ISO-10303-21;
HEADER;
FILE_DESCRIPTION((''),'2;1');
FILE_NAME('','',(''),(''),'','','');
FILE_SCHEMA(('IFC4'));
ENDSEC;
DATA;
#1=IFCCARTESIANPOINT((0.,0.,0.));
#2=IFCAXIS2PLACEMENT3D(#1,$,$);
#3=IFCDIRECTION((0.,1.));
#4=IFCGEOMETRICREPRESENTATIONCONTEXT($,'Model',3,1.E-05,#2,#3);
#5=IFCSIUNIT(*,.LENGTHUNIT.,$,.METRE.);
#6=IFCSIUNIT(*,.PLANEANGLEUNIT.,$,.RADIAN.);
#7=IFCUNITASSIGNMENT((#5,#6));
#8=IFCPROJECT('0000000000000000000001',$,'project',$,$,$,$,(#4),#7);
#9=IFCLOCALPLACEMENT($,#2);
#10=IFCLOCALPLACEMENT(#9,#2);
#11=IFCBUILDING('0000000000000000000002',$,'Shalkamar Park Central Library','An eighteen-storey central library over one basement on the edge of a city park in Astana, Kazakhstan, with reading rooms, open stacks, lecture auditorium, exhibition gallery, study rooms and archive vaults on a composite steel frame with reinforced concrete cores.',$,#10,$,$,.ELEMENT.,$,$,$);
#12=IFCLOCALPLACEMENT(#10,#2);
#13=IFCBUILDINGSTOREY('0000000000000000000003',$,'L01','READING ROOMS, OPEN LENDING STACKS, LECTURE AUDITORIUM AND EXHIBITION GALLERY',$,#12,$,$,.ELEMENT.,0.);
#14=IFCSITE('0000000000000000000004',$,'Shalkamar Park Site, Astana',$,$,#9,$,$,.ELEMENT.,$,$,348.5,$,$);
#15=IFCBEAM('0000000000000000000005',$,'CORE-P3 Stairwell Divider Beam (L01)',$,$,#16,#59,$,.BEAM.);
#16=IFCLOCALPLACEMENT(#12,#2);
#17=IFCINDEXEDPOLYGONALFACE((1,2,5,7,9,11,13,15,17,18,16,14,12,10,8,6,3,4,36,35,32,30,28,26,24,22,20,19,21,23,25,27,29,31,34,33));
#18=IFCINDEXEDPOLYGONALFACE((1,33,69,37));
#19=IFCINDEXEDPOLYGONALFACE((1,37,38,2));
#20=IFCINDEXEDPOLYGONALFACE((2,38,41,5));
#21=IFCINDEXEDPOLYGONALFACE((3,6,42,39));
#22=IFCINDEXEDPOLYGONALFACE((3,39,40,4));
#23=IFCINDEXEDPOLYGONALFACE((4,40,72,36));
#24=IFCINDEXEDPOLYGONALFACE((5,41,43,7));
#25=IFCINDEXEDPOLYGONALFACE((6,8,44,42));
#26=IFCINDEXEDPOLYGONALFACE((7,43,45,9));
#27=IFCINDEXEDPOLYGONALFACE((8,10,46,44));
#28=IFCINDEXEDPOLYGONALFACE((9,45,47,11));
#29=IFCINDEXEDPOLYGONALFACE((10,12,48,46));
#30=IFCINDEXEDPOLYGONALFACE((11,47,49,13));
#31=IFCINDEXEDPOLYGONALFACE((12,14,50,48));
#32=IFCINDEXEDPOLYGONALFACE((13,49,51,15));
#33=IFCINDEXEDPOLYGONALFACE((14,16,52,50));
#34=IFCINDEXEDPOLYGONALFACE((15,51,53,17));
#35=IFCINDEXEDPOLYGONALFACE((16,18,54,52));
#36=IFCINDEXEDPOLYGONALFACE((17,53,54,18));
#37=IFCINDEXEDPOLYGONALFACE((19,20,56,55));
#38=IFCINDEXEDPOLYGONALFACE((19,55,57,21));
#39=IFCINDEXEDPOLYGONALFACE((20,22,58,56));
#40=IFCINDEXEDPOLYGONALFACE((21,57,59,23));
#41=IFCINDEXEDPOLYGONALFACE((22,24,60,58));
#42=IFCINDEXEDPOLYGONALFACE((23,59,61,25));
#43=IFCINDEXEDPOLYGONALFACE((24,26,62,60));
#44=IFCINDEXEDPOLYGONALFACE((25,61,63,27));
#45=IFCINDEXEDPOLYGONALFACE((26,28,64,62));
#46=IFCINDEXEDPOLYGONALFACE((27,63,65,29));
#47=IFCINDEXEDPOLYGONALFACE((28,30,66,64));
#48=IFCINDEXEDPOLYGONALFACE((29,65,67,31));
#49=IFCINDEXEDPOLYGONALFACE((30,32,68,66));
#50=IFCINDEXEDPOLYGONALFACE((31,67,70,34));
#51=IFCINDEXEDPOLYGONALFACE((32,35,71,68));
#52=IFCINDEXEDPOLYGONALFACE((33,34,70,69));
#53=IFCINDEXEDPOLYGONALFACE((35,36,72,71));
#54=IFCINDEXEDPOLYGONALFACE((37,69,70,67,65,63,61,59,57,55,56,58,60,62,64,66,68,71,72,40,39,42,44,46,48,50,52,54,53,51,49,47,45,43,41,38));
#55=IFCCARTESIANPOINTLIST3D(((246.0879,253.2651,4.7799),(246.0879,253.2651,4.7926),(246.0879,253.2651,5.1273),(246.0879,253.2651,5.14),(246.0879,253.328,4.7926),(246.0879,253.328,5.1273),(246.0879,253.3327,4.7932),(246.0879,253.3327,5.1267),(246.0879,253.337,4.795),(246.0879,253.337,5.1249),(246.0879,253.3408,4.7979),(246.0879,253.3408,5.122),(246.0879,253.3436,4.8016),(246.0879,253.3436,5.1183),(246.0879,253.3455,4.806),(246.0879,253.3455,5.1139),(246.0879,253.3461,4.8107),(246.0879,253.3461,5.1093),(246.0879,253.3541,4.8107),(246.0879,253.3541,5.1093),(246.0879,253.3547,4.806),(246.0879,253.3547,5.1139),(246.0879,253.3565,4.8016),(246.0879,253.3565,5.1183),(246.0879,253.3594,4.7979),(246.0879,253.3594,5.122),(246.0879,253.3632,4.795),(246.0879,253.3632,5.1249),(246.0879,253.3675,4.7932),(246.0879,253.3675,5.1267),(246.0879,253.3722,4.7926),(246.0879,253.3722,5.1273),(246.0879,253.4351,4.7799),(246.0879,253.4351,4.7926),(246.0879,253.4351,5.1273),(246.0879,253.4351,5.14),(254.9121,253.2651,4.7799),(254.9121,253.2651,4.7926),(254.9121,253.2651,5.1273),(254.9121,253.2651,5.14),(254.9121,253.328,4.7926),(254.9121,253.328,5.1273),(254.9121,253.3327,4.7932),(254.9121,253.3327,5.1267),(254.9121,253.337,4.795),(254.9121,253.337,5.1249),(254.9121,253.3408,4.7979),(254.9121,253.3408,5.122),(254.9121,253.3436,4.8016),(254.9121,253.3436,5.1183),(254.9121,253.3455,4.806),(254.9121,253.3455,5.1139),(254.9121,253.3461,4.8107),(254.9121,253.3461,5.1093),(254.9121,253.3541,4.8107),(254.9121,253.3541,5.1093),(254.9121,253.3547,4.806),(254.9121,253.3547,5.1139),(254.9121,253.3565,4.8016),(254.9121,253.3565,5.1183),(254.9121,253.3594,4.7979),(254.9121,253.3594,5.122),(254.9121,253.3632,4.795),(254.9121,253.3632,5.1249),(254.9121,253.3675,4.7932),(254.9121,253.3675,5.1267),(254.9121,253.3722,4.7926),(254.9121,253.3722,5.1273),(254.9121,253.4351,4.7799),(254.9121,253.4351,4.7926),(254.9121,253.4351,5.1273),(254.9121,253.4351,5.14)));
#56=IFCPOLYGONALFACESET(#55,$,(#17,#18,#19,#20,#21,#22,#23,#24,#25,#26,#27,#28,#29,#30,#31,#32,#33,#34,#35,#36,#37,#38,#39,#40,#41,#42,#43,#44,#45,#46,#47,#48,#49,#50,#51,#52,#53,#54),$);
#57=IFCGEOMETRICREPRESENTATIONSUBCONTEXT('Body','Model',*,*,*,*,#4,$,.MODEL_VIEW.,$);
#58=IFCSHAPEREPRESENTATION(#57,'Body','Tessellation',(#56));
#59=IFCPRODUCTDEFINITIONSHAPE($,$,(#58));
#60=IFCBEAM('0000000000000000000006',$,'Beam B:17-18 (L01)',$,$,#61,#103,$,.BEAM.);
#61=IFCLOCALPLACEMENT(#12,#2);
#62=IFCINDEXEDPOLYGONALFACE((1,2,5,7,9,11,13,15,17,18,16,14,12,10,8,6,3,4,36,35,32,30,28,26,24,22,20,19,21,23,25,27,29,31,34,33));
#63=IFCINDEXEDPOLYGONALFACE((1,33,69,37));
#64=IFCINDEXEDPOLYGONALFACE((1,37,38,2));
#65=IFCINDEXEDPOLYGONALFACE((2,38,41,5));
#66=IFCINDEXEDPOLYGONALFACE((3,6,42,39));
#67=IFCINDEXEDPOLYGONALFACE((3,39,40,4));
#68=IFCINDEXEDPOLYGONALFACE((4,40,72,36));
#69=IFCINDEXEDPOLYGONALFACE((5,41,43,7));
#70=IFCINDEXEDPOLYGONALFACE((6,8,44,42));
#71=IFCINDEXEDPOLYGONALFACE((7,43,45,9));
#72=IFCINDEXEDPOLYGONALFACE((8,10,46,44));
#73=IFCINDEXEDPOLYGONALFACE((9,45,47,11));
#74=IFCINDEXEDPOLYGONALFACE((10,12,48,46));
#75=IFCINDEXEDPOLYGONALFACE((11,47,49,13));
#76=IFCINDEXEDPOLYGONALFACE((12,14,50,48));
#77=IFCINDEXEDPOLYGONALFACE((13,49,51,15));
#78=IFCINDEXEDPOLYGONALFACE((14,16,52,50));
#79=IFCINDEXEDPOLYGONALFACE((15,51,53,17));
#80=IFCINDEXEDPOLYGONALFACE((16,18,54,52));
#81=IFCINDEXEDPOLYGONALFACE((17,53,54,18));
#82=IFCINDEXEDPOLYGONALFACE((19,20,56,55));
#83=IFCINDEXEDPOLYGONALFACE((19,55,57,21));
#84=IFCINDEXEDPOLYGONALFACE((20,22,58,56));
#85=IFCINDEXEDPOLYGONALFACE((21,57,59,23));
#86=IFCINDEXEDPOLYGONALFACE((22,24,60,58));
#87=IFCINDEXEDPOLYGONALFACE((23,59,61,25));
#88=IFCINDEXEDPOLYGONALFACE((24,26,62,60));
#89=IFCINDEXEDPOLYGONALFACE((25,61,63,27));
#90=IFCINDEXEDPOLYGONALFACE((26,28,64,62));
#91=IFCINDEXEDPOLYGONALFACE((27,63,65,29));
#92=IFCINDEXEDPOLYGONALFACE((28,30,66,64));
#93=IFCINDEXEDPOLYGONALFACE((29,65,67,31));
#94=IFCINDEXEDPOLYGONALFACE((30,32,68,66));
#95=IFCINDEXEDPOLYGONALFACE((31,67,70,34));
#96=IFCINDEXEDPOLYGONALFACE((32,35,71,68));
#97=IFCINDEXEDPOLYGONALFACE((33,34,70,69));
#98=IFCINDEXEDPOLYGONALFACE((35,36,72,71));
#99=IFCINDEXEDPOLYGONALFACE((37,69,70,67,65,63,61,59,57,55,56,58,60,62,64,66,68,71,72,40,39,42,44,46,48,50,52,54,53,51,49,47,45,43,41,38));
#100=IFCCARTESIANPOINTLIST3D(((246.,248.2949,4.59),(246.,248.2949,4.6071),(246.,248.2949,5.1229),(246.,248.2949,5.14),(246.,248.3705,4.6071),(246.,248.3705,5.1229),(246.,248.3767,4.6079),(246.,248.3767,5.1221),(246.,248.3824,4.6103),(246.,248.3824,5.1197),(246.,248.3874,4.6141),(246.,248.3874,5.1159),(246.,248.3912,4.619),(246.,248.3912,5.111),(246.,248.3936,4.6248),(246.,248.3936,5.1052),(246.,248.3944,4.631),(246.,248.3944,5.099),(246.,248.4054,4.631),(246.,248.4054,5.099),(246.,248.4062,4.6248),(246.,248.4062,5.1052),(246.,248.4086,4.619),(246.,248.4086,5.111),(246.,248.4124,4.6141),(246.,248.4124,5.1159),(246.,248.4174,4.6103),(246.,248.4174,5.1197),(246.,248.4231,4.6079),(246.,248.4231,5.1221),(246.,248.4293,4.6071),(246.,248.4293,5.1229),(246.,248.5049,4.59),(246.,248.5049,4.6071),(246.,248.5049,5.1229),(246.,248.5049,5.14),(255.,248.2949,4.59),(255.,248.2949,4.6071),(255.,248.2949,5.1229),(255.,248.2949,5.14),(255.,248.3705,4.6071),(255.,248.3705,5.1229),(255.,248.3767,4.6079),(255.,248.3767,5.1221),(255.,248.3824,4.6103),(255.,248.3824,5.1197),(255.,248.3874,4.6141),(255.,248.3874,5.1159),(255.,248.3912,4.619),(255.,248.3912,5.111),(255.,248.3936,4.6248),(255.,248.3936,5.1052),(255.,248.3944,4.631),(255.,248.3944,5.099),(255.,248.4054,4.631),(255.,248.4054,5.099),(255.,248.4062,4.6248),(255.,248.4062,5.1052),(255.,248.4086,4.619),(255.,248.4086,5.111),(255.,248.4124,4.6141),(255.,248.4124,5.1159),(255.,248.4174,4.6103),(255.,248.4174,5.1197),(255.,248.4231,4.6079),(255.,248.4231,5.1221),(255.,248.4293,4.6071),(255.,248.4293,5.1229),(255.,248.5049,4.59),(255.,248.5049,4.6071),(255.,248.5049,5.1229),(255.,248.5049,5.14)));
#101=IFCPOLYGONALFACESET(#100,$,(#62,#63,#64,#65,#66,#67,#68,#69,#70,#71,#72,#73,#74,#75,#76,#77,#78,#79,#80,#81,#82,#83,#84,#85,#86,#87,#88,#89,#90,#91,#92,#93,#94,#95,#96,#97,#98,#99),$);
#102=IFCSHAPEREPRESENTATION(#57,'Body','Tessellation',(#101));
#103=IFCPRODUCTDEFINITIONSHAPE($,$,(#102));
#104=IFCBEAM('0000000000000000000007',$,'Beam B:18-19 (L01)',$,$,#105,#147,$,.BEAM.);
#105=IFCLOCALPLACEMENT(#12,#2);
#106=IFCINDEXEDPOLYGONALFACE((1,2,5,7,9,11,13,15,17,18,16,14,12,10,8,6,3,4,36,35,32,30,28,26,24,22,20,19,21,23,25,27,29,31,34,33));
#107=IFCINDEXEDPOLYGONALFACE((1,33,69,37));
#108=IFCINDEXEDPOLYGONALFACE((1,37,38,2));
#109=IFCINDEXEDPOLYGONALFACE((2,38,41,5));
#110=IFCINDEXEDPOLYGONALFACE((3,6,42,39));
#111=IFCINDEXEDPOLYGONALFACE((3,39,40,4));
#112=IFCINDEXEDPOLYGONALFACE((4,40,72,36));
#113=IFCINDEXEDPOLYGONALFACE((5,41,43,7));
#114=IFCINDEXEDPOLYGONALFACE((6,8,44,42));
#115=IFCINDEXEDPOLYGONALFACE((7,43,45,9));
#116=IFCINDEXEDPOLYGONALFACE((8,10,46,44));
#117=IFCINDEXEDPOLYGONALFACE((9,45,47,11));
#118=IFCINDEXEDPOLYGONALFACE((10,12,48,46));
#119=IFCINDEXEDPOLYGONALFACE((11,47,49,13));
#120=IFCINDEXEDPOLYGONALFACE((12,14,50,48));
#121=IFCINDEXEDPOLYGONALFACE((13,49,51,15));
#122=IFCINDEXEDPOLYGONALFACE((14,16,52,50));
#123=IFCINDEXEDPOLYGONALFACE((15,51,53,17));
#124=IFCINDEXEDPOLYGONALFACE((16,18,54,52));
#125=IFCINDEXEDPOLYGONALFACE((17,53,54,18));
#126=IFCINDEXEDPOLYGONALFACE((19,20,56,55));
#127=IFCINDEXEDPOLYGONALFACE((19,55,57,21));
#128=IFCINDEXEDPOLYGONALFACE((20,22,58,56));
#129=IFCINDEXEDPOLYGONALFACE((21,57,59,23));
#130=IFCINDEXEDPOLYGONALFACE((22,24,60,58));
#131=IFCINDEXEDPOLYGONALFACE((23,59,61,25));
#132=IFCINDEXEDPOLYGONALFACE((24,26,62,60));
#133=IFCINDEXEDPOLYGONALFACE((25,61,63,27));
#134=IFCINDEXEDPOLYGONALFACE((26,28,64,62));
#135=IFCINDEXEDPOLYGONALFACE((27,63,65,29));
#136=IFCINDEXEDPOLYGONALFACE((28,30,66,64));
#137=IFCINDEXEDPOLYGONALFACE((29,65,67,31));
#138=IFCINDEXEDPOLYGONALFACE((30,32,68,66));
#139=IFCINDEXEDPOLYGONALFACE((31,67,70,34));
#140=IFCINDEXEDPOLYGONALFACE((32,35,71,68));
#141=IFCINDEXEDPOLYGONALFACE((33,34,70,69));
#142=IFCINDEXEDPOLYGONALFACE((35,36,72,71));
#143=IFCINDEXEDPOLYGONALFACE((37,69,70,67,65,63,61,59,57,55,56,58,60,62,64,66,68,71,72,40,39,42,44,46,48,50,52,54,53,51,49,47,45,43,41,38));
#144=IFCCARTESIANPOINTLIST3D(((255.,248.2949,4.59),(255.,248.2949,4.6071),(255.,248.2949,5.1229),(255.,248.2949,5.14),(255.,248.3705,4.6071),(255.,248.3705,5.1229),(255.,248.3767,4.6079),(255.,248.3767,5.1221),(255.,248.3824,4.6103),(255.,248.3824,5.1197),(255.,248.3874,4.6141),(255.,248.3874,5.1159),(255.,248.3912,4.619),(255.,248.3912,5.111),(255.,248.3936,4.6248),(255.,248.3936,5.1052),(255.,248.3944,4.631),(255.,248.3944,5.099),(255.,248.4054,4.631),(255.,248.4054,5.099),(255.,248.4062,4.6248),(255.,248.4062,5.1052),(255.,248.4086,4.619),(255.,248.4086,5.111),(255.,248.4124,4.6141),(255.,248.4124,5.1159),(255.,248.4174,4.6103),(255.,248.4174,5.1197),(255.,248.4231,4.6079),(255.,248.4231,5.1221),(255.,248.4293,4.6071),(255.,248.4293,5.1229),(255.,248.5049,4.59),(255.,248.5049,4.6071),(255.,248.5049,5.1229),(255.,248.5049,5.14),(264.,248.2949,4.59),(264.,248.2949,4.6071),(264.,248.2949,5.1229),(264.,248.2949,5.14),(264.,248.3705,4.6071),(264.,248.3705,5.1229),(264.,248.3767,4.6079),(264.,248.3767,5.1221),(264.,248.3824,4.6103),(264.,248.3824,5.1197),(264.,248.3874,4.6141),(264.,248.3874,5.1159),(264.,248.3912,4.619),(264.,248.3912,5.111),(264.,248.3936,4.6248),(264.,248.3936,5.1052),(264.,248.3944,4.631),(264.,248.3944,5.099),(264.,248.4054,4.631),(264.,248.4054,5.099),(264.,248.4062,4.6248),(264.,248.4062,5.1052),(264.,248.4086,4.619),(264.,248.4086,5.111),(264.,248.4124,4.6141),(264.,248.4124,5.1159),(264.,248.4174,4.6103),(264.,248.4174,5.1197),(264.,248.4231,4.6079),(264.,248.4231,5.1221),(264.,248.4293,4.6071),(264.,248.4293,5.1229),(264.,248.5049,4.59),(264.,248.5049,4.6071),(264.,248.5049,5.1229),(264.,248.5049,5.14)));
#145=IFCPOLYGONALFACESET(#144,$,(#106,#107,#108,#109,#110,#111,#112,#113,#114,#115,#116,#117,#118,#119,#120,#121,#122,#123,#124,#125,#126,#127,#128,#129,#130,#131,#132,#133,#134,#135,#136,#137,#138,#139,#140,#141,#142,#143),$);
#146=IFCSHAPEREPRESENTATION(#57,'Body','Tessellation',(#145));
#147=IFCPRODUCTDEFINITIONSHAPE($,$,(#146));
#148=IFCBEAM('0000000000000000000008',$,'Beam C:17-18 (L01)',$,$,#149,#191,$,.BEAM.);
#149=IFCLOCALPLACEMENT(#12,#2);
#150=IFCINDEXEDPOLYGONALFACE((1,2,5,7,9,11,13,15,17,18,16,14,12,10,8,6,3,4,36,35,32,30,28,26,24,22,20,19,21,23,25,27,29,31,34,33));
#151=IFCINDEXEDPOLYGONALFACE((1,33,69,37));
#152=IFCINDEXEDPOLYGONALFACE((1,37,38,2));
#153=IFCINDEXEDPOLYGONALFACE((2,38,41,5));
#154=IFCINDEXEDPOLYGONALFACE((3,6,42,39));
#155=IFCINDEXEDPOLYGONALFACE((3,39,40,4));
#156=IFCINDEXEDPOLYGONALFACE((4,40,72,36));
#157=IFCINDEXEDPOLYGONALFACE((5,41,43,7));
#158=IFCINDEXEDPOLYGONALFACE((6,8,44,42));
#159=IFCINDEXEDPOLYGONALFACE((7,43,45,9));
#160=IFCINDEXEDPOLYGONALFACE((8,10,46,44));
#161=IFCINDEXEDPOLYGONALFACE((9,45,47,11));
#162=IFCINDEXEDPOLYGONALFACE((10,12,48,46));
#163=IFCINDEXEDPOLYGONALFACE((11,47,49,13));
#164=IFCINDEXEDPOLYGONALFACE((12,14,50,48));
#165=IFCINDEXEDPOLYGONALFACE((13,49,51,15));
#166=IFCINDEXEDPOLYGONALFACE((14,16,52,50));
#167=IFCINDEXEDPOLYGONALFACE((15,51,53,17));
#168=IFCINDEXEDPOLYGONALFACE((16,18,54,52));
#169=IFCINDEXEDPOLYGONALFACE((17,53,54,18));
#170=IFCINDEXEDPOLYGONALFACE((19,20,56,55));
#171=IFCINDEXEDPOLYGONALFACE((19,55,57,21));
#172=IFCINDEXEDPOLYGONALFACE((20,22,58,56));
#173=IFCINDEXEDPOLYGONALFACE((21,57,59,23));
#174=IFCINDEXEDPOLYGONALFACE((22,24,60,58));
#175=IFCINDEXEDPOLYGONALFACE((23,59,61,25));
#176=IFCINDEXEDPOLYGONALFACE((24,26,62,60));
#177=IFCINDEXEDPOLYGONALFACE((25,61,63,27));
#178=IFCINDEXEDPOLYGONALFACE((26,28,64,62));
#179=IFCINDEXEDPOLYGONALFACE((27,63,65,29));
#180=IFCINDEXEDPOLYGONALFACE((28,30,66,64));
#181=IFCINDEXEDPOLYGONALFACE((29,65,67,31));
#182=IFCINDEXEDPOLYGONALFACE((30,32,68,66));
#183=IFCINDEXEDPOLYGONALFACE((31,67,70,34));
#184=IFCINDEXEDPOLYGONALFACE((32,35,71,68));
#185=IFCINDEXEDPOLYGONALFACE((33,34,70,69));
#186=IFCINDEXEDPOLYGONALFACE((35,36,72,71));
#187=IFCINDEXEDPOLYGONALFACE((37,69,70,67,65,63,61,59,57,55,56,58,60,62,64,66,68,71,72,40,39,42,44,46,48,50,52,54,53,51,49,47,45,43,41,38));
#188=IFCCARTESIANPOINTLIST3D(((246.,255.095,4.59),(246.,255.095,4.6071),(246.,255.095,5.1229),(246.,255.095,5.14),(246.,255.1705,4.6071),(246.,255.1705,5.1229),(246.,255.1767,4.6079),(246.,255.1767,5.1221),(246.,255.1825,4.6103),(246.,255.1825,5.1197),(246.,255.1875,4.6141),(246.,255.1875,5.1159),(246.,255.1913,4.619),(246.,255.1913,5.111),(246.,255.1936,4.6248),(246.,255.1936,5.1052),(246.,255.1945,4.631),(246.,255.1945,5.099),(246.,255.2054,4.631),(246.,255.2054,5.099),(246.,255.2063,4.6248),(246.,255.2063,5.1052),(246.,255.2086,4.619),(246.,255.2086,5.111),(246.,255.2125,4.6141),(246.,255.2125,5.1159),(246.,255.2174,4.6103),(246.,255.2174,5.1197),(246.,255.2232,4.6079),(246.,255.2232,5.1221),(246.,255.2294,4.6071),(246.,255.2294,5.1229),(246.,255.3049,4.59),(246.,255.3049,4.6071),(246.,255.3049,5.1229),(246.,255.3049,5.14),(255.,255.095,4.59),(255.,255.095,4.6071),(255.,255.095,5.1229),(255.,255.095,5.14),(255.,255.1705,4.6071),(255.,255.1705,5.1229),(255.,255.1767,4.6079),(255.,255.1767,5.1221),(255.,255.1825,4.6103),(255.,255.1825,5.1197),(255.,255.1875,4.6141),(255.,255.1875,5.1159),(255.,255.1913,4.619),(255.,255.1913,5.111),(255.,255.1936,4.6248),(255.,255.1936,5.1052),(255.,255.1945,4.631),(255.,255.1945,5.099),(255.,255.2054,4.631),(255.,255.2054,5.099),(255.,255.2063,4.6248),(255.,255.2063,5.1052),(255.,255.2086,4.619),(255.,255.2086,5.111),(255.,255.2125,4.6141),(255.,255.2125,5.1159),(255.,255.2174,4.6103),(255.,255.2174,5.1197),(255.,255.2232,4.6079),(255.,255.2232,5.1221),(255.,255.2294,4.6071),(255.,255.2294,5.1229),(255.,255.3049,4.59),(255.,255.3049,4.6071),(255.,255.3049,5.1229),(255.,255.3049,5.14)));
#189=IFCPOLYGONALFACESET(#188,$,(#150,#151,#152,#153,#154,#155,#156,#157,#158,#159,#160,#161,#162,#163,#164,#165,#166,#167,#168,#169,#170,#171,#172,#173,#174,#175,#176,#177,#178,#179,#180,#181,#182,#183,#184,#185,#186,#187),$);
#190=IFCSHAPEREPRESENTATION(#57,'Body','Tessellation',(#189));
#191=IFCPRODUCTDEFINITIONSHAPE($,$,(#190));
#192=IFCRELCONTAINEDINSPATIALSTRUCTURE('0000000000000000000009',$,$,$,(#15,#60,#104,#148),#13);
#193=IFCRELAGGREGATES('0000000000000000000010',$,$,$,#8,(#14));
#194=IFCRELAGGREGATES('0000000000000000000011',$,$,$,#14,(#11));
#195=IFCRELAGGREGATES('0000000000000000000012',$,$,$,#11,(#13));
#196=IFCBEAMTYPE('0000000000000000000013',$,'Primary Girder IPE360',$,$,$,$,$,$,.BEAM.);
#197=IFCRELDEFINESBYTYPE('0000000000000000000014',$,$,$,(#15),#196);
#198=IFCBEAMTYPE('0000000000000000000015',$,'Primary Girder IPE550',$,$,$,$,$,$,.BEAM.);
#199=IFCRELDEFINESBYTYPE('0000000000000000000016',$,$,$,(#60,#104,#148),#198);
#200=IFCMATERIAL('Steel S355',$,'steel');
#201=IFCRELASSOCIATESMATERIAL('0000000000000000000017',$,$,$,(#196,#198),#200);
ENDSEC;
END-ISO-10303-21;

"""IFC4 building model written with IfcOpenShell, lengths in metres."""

from ifc_helpers import new_model, si_unit, direction, frame, origin, origin_2d, place, context, subcontext, project, spatial, i_section, extrude, material, material_profile, profile_set, type_object, element, save


model = new_model("IFC4")

# Units and contexts
model_context = context("Model", 3, precision=1e-05, world=origin(), true_north=direction((0.0, 1.0)))
body_context = subcontext(model_context, "Body", "Model", "MODEL_VIEW")
ifc_project = project(units=[si_unit("LENGTHUNIT", "METRE"), si_unit("PLANEANGLEUNIT", "RADIAN")], contexts=[model_context])

# Site, building, storey
site_placement = place(None, origin())
site = spatial("IfcSite", under=ifc_project, at=site_placement, Name="Shalkamar Park Site, Astana", CompositionType="ELEMENT", RefElevation=348.5)
building_placement = place(site_placement, origin())
building = spatial("IfcBuilding", under=site, at=building_placement, Name="Shalkamar Park Central Library", Description="An eighteen-storey central library over one basement on the edge of a city park in Astana, Kazakhstan, with reading rooms, open stacks, lecture auditorium, exhibition gallery, study rooms and archive vaults on a composite steel frame with reinforced concrete cores.", CompositionType="ELEMENT")
storey_placement = place(building_placement, origin())
storey = spatial("IfcBuildingStorey", under=building, at=storey_placement, Name="L01", Description="READING ROOMS, OPEN LENDING STACKS, LECTURE AUDITORIUM AND EXHIBITION GALLERY", CompositionType="ELEMENT", Elevation=0.0)

# Shared definitions
ifc_material_1 = material(Name="Steel S355", Category="steel")

# Beams
ifc_material_profile_1 = material_profile(ifc_material_1, i_section(OverallWidth=0.1699, OverallDepth=0.3601, WebThickness=0.0081, FlangeThickness=0.0127, FilletRadius=0.0181, at=origin_2d()), Name="IPE 360")
ifc_profile_set_1 = profile_set([ifc_material_profile_1], Name="Steel S355")
beam_type_1 = type_object("IfcBeamType", Name="Primary Girder IPE360", PredefinedType="BEAM", material=ifc_profile_set_1)
beam_1_placement = place(storey_placement, frame((246.0879, 253.3501, 4.96), z_axis=(1.0, 0.0, 0.0), x_axis=(0.0, 1.0, 0.0)))
element("IfcBeam", 1, at=beam_1_placement, inside=storey, type_object=beam_type_1, Name="CORE-P3 Stairwell Divider Beam (L01)", PredefinedType="BEAM", context=body_context, shape_type="SweptSolid", body=[
    extrude(i_section(OverallWidth=0.1699, OverallDepth=0.3601, WebThickness=0.0081, FlangeThickness=0.0127, FilletRadius=0.0181, at=origin_2d()), origin(), (0.0, 0.0, 1.0), 8.8242),
])
ifc_material_profile_2 = material_profile(ifc_material_1, i_section(OverallWidth=0.21, OverallDepth=0.55, WebThickness=0.011, FlangeThickness=0.0171, FilletRadius=0.0239, at=origin_2d()), Name="IPE 550")
ifc_profile_set_2 = profile_set([ifc_material_profile_2], Name="Steel S355")
beam_type_2 = type_object("IfcBeamType", Name="Primary Girder IPE550", PredefinedType="BEAM", material=ifc_profile_set_2)
for number, where, z_axis, x_axis, name in (
    (2, (246.0, 248.3999, 4.865), (1.0, 0.0, 0.0), (0.0, 1.0, 0.0), "Beam B:17-18 (L01)"),
    (3, (255.0, 248.3999, 4.865), (1.0, 0.0, 0.0), (0.0, 1.0, 0.0), "Beam B:18-19 (L01)"),
    (4, (246.0, 255.2, 4.865), (1.0, 0.0, 0.0), (0.0, 1.0, 0.0), "Beam C:17-18 (L01)"),
):
    element("IfcBeam", number, at=place(storey_placement, frame(where, z_axis=z_axis, x_axis=x_axis)), inside=storey, type_object=beam_type_2, Name=name, PredefinedType="BEAM", context=body_context, shape_type="SweptSolid", body=[
        extrude(i_section(OverallWidth=0.21, OverallDepth=0.55, WebThickness=0.011, FlangeThickness=0.0171, FilletRadius=0.0239, at=origin_2d()), origin(), (0.0, 0.0, 1.0), 9.0),
    ])

save(model, "model.ifc")
